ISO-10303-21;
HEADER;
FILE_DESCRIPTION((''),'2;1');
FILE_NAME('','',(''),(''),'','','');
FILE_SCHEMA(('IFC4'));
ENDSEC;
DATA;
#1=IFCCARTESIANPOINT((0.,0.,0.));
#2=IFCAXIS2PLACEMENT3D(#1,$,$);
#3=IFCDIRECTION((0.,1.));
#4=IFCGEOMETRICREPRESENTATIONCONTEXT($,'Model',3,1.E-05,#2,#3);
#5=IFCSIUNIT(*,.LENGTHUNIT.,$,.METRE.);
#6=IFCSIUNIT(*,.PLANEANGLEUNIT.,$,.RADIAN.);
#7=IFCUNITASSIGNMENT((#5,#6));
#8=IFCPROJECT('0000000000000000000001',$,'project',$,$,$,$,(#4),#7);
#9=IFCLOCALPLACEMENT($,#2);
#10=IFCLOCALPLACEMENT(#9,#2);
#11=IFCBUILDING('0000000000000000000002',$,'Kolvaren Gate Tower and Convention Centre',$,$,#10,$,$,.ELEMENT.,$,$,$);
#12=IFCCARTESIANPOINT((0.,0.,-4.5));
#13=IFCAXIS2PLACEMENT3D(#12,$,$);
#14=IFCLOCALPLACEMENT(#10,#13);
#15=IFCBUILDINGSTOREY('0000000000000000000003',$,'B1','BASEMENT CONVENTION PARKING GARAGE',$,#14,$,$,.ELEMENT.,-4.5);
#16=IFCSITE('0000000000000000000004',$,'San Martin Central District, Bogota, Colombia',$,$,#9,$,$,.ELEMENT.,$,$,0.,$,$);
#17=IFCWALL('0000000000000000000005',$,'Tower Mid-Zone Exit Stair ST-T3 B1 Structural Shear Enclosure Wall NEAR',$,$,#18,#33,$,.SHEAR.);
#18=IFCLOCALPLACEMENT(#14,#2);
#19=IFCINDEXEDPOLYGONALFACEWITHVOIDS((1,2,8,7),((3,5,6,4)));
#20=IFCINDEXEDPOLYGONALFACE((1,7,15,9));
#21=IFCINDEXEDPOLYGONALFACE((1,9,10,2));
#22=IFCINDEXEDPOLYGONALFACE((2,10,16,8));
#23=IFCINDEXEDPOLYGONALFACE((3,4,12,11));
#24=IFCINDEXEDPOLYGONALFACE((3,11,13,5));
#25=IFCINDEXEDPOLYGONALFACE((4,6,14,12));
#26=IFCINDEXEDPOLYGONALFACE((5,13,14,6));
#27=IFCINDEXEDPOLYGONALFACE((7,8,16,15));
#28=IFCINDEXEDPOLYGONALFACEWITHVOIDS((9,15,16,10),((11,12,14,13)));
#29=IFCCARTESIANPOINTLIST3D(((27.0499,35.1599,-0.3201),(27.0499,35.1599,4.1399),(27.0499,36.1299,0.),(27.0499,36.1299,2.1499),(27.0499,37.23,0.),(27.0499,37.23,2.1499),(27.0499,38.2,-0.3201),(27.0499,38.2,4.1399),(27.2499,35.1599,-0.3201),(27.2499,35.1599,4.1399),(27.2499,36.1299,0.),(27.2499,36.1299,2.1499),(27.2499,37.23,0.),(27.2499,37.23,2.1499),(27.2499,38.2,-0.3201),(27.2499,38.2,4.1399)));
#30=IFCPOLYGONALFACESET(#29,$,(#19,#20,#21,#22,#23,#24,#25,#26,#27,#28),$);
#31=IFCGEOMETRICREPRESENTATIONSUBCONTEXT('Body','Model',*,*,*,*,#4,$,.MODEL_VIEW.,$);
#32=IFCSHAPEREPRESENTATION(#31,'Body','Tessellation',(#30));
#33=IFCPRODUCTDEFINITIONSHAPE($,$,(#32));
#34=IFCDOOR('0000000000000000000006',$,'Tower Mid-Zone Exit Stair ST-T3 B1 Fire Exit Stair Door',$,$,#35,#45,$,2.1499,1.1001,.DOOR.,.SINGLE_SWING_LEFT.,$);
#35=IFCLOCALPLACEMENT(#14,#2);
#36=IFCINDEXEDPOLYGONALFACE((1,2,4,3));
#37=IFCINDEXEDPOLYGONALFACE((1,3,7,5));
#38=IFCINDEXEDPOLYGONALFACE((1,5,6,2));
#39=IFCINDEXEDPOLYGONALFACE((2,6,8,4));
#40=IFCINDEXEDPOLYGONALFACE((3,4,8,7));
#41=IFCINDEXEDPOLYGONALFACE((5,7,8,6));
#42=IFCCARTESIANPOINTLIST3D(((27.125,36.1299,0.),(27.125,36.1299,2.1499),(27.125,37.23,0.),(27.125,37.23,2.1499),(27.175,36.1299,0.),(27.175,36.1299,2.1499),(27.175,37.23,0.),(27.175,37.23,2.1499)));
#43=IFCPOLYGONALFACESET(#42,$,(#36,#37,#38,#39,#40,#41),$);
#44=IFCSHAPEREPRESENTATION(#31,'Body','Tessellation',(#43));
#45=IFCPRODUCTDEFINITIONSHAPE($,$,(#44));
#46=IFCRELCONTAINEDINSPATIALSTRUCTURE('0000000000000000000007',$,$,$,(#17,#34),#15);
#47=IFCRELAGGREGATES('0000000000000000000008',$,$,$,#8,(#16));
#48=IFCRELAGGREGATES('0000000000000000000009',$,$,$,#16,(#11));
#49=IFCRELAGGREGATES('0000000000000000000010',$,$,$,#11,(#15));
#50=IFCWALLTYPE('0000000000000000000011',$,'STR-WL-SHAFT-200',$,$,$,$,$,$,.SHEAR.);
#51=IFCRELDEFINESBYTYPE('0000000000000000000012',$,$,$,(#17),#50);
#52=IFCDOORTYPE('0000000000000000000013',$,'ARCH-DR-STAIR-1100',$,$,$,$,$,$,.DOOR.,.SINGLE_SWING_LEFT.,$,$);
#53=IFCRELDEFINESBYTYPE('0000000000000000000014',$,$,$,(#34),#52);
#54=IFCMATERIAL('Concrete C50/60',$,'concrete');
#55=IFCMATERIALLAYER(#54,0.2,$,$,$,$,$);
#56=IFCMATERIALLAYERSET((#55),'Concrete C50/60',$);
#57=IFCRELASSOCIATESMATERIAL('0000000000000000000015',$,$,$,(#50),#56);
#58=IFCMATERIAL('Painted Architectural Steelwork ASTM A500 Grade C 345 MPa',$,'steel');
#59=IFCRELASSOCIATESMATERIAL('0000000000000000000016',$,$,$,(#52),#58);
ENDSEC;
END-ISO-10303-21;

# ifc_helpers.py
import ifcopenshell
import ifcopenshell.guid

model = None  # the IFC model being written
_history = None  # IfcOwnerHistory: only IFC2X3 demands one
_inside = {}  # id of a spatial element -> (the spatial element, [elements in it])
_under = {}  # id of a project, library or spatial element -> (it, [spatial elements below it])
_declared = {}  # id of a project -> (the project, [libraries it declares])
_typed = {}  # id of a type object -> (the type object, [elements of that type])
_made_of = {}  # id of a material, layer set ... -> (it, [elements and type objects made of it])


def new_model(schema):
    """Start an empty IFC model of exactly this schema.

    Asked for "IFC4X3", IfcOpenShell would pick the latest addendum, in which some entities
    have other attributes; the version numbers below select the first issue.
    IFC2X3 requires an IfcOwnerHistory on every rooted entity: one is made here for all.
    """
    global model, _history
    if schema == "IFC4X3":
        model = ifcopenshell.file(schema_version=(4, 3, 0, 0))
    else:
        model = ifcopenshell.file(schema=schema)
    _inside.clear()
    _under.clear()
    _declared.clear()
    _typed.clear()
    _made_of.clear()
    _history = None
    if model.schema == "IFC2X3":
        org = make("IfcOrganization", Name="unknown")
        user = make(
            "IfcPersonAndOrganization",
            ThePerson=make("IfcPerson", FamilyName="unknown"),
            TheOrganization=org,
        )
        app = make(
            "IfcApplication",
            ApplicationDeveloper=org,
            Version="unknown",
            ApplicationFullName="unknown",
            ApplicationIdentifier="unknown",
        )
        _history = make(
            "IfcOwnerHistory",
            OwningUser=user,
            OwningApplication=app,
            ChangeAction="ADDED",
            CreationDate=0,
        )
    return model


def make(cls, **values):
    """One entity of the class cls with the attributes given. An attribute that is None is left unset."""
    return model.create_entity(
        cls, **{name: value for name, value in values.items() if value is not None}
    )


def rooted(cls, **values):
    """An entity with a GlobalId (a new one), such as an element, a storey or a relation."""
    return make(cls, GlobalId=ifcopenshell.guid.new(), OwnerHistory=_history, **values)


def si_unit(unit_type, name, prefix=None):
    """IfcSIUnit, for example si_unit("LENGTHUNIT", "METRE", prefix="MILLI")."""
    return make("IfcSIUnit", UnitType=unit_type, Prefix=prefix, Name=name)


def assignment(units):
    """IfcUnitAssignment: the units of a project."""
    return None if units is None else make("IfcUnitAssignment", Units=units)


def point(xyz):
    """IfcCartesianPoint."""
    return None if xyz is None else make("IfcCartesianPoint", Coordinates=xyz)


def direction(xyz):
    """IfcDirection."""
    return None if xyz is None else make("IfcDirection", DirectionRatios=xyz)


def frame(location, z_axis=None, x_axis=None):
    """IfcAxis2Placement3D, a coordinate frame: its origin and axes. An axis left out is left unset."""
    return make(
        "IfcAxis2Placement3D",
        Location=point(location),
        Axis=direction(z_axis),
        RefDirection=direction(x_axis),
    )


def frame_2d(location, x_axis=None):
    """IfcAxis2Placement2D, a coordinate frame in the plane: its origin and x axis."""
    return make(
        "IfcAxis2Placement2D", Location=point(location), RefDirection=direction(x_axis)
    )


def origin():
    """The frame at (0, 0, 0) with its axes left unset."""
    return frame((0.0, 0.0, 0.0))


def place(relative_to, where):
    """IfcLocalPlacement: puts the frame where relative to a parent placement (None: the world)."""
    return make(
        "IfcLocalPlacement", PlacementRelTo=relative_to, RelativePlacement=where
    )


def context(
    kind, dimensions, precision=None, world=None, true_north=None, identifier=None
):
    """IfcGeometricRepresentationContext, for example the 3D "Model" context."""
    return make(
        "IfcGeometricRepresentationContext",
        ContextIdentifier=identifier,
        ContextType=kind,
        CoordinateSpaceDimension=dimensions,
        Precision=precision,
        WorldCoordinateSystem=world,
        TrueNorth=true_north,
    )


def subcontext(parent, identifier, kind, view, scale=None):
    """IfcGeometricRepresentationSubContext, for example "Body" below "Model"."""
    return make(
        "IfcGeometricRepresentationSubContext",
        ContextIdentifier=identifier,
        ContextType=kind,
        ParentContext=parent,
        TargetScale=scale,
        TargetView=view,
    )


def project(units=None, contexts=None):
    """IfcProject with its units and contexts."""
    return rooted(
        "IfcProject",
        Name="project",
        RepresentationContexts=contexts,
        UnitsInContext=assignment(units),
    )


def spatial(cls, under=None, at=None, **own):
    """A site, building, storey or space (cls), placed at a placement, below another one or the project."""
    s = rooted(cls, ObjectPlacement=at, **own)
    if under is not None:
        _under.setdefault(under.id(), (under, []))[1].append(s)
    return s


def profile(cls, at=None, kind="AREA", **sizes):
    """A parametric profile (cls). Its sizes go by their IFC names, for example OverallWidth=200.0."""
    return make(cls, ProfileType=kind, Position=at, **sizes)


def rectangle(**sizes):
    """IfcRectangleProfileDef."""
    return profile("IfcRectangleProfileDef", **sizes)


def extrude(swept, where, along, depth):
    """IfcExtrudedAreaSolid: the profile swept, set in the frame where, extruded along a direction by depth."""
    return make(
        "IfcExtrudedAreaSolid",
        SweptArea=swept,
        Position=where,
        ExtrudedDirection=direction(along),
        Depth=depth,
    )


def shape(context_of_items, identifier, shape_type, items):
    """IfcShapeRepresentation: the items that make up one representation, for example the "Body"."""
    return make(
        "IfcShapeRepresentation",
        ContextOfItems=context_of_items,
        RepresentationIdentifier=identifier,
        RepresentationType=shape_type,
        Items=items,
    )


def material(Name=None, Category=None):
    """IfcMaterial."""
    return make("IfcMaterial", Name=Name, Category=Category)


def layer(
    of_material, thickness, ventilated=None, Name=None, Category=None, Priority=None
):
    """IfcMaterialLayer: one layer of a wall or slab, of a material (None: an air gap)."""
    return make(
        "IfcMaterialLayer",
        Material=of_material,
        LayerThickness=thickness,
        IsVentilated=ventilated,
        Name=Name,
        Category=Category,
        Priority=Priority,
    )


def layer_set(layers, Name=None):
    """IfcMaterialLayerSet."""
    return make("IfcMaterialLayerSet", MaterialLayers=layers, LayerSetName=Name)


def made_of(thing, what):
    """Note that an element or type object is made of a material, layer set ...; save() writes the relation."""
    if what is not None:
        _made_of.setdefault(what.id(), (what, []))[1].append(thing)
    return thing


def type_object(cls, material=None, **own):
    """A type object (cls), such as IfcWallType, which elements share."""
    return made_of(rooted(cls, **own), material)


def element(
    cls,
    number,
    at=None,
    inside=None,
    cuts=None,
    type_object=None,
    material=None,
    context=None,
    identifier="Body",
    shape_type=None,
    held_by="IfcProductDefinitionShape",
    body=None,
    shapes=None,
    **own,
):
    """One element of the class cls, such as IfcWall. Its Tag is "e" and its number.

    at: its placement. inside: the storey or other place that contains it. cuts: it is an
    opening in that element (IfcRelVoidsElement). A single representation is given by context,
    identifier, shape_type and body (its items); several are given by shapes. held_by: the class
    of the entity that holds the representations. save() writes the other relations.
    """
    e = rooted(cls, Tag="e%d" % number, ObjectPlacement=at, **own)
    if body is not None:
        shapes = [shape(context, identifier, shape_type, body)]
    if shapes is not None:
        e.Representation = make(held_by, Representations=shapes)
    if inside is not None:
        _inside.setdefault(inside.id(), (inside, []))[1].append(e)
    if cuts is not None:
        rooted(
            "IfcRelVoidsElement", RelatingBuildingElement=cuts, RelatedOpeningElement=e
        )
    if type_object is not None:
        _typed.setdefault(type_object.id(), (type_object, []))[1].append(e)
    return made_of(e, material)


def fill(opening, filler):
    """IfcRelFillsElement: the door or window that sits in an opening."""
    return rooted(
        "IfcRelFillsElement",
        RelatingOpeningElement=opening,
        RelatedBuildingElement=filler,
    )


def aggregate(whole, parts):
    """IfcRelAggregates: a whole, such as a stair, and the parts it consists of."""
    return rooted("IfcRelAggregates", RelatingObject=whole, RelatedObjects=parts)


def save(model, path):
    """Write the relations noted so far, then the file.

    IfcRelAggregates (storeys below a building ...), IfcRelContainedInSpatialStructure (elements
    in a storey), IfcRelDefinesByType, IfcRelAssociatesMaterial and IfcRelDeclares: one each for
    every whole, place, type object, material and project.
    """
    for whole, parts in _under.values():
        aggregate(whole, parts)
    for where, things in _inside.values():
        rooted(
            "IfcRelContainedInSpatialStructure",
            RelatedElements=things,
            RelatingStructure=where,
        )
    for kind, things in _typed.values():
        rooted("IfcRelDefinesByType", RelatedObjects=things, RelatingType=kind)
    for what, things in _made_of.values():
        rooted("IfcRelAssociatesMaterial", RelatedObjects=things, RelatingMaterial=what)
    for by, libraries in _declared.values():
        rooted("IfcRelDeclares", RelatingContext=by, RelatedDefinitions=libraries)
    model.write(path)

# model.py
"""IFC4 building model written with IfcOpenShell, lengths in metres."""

from ifc_helpers import new_model, si_unit, direction, frame, frame_2d, origin, place, context, subcontext, project, spatial, rectangle, extrude, material, layer, layer_set, type_object, element, fill, save


model = new_model("IFC4")

# Units and contexts
model_context = context("Model", 3, precision=1e-05, world=origin(), true_north=direction((0.0, 1.0)))
body_context = subcontext(model_context, "Body", "Model", "MODEL_VIEW")
ifc_project = project(units=[si_unit("LENGTHUNIT", "METRE"), si_unit("PLANEANGLEUNIT", "RADIAN")], contexts=[model_context])

# Site, building, storey
site_placement = place(None, origin())
site = spatial("IfcSite", under=ifc_project, at=site_placement, Name="San Martin Central District, Bogota, Colombia", CompositionType="ELEMENT", RefElevation=0.0)
building_placement = place(site_placement, origin())
building = spatial("IfcBuilding", under=site, at=building_placement, Name="Kolvaren Gate Tower and Convention Centre", CompositionType="ELEMENT")
storey_placement = place(building_placement, frame((0.0, 0.0, -4.5)))
storey = spatial("IfcBuildingStorey", under=building, at=storey_placement, Name="B1", Description="BASEMENT CONVENTION PARKING GARAGE", CompositionType="ELEMENT", Elevation=-4.5)

# Shared definitions
ifc_material_1 = material(Name="Painted Architectural Steelwork ASTM A500 Grade C 345 MPa", Category="steel")

# Wall, opening, door
ifc_material_2 = material(Name="Concrete C50/60", Category="concrete")
ifc_layer_1 = layer(ifc_material_2, 0.2)
ifc_layer_set_1 = layer_set([ifc_layer_1], Name="Concrete C50/60")
wall_type_1 = type_object("IfcWallType", Name="STR-WL-SHAFT-200", PredefinedType="SHEAR", material=ifc_layer_set_1)
wall_1_placement = place(storey_placement, frame((27.1499, 35.1599, -0.3201), z_axis=(0.0, 0.0, 1.0), x_axis=(0.0, 1.0, 0.0)))
wall_1 = element("IfcWall", 1, at=wall_1_placement, inside=storey, type_object=wall_type_1, Name="Tower Mid-Zone Exit Stair ST-T3 B1 Structural Shear Enclosure Wall NEAR", PredefinedType="SHEAR", context=body_context, shape_type="SweptSolid", body=[
    extrude(rectangle(XDim=3.04, YDim=0.2, at=frame_2d((1.52, 0.0))), origin(), (0.0, 0.0, 1.0), 4.46),
])
opening_1_placement = place(wall_1_placement, frame((0.97, 0.0, 0.3201)))
opening_1 = element("IfcOpeningElement", 2, at=opening_1_placement, cuts=wall_1, PredefinedType="OPENING", context=body_context, shape_type="SweptSolid", body=[
    extrude(rectangle(XDim=1.1001, YDim=2.1499, at=frame_2d((0.55, 1.075))), frame((0.0, 0.1099, 0.0), z_axis=(0.0, -1.0, 0.0), x_axis=(1.0, 0.0, 0.0)), (0.0, 0.0, 1.0), 0.22),
])
door_type_1 = type_object("IfcDoorType", Name="ARCH-DR-STAIR-1100", OperationType="SINGLE_SWING_LEFT", PredefinedType="DOOR", material=ifc_material_1)
door_1_placement = place(opening_1_placement, origin())
door_1 = element("IfcDoor", 3, at=door_1_placement, inside=storey, type_object=door_type_1, Name="Tower Mid-Zone Exit Stair ST-T3 B1 Fire Exit Stair Door", OperationType="SINGLE_SWING_LEFT", OverallHeight=2.1499, OverallWidth=1.1001, PredefinedType="DOOR", context=body_context, shape_type="SweptSolid", body=[
    extrude(rectangle(XDim=1.1001, YDim=2.1499, at=frame_2d((0.55, 1.075))), frame((0.0, 0.0249, 0.0), z_axis=(0.0, -1.0, 0.0), x_axis=(1.0, 0.0, 0.0)), (0.0, 0.0, 1.0), 0.05),
])
fill(opening_1, door_1)

save(model, "model.ifc")
